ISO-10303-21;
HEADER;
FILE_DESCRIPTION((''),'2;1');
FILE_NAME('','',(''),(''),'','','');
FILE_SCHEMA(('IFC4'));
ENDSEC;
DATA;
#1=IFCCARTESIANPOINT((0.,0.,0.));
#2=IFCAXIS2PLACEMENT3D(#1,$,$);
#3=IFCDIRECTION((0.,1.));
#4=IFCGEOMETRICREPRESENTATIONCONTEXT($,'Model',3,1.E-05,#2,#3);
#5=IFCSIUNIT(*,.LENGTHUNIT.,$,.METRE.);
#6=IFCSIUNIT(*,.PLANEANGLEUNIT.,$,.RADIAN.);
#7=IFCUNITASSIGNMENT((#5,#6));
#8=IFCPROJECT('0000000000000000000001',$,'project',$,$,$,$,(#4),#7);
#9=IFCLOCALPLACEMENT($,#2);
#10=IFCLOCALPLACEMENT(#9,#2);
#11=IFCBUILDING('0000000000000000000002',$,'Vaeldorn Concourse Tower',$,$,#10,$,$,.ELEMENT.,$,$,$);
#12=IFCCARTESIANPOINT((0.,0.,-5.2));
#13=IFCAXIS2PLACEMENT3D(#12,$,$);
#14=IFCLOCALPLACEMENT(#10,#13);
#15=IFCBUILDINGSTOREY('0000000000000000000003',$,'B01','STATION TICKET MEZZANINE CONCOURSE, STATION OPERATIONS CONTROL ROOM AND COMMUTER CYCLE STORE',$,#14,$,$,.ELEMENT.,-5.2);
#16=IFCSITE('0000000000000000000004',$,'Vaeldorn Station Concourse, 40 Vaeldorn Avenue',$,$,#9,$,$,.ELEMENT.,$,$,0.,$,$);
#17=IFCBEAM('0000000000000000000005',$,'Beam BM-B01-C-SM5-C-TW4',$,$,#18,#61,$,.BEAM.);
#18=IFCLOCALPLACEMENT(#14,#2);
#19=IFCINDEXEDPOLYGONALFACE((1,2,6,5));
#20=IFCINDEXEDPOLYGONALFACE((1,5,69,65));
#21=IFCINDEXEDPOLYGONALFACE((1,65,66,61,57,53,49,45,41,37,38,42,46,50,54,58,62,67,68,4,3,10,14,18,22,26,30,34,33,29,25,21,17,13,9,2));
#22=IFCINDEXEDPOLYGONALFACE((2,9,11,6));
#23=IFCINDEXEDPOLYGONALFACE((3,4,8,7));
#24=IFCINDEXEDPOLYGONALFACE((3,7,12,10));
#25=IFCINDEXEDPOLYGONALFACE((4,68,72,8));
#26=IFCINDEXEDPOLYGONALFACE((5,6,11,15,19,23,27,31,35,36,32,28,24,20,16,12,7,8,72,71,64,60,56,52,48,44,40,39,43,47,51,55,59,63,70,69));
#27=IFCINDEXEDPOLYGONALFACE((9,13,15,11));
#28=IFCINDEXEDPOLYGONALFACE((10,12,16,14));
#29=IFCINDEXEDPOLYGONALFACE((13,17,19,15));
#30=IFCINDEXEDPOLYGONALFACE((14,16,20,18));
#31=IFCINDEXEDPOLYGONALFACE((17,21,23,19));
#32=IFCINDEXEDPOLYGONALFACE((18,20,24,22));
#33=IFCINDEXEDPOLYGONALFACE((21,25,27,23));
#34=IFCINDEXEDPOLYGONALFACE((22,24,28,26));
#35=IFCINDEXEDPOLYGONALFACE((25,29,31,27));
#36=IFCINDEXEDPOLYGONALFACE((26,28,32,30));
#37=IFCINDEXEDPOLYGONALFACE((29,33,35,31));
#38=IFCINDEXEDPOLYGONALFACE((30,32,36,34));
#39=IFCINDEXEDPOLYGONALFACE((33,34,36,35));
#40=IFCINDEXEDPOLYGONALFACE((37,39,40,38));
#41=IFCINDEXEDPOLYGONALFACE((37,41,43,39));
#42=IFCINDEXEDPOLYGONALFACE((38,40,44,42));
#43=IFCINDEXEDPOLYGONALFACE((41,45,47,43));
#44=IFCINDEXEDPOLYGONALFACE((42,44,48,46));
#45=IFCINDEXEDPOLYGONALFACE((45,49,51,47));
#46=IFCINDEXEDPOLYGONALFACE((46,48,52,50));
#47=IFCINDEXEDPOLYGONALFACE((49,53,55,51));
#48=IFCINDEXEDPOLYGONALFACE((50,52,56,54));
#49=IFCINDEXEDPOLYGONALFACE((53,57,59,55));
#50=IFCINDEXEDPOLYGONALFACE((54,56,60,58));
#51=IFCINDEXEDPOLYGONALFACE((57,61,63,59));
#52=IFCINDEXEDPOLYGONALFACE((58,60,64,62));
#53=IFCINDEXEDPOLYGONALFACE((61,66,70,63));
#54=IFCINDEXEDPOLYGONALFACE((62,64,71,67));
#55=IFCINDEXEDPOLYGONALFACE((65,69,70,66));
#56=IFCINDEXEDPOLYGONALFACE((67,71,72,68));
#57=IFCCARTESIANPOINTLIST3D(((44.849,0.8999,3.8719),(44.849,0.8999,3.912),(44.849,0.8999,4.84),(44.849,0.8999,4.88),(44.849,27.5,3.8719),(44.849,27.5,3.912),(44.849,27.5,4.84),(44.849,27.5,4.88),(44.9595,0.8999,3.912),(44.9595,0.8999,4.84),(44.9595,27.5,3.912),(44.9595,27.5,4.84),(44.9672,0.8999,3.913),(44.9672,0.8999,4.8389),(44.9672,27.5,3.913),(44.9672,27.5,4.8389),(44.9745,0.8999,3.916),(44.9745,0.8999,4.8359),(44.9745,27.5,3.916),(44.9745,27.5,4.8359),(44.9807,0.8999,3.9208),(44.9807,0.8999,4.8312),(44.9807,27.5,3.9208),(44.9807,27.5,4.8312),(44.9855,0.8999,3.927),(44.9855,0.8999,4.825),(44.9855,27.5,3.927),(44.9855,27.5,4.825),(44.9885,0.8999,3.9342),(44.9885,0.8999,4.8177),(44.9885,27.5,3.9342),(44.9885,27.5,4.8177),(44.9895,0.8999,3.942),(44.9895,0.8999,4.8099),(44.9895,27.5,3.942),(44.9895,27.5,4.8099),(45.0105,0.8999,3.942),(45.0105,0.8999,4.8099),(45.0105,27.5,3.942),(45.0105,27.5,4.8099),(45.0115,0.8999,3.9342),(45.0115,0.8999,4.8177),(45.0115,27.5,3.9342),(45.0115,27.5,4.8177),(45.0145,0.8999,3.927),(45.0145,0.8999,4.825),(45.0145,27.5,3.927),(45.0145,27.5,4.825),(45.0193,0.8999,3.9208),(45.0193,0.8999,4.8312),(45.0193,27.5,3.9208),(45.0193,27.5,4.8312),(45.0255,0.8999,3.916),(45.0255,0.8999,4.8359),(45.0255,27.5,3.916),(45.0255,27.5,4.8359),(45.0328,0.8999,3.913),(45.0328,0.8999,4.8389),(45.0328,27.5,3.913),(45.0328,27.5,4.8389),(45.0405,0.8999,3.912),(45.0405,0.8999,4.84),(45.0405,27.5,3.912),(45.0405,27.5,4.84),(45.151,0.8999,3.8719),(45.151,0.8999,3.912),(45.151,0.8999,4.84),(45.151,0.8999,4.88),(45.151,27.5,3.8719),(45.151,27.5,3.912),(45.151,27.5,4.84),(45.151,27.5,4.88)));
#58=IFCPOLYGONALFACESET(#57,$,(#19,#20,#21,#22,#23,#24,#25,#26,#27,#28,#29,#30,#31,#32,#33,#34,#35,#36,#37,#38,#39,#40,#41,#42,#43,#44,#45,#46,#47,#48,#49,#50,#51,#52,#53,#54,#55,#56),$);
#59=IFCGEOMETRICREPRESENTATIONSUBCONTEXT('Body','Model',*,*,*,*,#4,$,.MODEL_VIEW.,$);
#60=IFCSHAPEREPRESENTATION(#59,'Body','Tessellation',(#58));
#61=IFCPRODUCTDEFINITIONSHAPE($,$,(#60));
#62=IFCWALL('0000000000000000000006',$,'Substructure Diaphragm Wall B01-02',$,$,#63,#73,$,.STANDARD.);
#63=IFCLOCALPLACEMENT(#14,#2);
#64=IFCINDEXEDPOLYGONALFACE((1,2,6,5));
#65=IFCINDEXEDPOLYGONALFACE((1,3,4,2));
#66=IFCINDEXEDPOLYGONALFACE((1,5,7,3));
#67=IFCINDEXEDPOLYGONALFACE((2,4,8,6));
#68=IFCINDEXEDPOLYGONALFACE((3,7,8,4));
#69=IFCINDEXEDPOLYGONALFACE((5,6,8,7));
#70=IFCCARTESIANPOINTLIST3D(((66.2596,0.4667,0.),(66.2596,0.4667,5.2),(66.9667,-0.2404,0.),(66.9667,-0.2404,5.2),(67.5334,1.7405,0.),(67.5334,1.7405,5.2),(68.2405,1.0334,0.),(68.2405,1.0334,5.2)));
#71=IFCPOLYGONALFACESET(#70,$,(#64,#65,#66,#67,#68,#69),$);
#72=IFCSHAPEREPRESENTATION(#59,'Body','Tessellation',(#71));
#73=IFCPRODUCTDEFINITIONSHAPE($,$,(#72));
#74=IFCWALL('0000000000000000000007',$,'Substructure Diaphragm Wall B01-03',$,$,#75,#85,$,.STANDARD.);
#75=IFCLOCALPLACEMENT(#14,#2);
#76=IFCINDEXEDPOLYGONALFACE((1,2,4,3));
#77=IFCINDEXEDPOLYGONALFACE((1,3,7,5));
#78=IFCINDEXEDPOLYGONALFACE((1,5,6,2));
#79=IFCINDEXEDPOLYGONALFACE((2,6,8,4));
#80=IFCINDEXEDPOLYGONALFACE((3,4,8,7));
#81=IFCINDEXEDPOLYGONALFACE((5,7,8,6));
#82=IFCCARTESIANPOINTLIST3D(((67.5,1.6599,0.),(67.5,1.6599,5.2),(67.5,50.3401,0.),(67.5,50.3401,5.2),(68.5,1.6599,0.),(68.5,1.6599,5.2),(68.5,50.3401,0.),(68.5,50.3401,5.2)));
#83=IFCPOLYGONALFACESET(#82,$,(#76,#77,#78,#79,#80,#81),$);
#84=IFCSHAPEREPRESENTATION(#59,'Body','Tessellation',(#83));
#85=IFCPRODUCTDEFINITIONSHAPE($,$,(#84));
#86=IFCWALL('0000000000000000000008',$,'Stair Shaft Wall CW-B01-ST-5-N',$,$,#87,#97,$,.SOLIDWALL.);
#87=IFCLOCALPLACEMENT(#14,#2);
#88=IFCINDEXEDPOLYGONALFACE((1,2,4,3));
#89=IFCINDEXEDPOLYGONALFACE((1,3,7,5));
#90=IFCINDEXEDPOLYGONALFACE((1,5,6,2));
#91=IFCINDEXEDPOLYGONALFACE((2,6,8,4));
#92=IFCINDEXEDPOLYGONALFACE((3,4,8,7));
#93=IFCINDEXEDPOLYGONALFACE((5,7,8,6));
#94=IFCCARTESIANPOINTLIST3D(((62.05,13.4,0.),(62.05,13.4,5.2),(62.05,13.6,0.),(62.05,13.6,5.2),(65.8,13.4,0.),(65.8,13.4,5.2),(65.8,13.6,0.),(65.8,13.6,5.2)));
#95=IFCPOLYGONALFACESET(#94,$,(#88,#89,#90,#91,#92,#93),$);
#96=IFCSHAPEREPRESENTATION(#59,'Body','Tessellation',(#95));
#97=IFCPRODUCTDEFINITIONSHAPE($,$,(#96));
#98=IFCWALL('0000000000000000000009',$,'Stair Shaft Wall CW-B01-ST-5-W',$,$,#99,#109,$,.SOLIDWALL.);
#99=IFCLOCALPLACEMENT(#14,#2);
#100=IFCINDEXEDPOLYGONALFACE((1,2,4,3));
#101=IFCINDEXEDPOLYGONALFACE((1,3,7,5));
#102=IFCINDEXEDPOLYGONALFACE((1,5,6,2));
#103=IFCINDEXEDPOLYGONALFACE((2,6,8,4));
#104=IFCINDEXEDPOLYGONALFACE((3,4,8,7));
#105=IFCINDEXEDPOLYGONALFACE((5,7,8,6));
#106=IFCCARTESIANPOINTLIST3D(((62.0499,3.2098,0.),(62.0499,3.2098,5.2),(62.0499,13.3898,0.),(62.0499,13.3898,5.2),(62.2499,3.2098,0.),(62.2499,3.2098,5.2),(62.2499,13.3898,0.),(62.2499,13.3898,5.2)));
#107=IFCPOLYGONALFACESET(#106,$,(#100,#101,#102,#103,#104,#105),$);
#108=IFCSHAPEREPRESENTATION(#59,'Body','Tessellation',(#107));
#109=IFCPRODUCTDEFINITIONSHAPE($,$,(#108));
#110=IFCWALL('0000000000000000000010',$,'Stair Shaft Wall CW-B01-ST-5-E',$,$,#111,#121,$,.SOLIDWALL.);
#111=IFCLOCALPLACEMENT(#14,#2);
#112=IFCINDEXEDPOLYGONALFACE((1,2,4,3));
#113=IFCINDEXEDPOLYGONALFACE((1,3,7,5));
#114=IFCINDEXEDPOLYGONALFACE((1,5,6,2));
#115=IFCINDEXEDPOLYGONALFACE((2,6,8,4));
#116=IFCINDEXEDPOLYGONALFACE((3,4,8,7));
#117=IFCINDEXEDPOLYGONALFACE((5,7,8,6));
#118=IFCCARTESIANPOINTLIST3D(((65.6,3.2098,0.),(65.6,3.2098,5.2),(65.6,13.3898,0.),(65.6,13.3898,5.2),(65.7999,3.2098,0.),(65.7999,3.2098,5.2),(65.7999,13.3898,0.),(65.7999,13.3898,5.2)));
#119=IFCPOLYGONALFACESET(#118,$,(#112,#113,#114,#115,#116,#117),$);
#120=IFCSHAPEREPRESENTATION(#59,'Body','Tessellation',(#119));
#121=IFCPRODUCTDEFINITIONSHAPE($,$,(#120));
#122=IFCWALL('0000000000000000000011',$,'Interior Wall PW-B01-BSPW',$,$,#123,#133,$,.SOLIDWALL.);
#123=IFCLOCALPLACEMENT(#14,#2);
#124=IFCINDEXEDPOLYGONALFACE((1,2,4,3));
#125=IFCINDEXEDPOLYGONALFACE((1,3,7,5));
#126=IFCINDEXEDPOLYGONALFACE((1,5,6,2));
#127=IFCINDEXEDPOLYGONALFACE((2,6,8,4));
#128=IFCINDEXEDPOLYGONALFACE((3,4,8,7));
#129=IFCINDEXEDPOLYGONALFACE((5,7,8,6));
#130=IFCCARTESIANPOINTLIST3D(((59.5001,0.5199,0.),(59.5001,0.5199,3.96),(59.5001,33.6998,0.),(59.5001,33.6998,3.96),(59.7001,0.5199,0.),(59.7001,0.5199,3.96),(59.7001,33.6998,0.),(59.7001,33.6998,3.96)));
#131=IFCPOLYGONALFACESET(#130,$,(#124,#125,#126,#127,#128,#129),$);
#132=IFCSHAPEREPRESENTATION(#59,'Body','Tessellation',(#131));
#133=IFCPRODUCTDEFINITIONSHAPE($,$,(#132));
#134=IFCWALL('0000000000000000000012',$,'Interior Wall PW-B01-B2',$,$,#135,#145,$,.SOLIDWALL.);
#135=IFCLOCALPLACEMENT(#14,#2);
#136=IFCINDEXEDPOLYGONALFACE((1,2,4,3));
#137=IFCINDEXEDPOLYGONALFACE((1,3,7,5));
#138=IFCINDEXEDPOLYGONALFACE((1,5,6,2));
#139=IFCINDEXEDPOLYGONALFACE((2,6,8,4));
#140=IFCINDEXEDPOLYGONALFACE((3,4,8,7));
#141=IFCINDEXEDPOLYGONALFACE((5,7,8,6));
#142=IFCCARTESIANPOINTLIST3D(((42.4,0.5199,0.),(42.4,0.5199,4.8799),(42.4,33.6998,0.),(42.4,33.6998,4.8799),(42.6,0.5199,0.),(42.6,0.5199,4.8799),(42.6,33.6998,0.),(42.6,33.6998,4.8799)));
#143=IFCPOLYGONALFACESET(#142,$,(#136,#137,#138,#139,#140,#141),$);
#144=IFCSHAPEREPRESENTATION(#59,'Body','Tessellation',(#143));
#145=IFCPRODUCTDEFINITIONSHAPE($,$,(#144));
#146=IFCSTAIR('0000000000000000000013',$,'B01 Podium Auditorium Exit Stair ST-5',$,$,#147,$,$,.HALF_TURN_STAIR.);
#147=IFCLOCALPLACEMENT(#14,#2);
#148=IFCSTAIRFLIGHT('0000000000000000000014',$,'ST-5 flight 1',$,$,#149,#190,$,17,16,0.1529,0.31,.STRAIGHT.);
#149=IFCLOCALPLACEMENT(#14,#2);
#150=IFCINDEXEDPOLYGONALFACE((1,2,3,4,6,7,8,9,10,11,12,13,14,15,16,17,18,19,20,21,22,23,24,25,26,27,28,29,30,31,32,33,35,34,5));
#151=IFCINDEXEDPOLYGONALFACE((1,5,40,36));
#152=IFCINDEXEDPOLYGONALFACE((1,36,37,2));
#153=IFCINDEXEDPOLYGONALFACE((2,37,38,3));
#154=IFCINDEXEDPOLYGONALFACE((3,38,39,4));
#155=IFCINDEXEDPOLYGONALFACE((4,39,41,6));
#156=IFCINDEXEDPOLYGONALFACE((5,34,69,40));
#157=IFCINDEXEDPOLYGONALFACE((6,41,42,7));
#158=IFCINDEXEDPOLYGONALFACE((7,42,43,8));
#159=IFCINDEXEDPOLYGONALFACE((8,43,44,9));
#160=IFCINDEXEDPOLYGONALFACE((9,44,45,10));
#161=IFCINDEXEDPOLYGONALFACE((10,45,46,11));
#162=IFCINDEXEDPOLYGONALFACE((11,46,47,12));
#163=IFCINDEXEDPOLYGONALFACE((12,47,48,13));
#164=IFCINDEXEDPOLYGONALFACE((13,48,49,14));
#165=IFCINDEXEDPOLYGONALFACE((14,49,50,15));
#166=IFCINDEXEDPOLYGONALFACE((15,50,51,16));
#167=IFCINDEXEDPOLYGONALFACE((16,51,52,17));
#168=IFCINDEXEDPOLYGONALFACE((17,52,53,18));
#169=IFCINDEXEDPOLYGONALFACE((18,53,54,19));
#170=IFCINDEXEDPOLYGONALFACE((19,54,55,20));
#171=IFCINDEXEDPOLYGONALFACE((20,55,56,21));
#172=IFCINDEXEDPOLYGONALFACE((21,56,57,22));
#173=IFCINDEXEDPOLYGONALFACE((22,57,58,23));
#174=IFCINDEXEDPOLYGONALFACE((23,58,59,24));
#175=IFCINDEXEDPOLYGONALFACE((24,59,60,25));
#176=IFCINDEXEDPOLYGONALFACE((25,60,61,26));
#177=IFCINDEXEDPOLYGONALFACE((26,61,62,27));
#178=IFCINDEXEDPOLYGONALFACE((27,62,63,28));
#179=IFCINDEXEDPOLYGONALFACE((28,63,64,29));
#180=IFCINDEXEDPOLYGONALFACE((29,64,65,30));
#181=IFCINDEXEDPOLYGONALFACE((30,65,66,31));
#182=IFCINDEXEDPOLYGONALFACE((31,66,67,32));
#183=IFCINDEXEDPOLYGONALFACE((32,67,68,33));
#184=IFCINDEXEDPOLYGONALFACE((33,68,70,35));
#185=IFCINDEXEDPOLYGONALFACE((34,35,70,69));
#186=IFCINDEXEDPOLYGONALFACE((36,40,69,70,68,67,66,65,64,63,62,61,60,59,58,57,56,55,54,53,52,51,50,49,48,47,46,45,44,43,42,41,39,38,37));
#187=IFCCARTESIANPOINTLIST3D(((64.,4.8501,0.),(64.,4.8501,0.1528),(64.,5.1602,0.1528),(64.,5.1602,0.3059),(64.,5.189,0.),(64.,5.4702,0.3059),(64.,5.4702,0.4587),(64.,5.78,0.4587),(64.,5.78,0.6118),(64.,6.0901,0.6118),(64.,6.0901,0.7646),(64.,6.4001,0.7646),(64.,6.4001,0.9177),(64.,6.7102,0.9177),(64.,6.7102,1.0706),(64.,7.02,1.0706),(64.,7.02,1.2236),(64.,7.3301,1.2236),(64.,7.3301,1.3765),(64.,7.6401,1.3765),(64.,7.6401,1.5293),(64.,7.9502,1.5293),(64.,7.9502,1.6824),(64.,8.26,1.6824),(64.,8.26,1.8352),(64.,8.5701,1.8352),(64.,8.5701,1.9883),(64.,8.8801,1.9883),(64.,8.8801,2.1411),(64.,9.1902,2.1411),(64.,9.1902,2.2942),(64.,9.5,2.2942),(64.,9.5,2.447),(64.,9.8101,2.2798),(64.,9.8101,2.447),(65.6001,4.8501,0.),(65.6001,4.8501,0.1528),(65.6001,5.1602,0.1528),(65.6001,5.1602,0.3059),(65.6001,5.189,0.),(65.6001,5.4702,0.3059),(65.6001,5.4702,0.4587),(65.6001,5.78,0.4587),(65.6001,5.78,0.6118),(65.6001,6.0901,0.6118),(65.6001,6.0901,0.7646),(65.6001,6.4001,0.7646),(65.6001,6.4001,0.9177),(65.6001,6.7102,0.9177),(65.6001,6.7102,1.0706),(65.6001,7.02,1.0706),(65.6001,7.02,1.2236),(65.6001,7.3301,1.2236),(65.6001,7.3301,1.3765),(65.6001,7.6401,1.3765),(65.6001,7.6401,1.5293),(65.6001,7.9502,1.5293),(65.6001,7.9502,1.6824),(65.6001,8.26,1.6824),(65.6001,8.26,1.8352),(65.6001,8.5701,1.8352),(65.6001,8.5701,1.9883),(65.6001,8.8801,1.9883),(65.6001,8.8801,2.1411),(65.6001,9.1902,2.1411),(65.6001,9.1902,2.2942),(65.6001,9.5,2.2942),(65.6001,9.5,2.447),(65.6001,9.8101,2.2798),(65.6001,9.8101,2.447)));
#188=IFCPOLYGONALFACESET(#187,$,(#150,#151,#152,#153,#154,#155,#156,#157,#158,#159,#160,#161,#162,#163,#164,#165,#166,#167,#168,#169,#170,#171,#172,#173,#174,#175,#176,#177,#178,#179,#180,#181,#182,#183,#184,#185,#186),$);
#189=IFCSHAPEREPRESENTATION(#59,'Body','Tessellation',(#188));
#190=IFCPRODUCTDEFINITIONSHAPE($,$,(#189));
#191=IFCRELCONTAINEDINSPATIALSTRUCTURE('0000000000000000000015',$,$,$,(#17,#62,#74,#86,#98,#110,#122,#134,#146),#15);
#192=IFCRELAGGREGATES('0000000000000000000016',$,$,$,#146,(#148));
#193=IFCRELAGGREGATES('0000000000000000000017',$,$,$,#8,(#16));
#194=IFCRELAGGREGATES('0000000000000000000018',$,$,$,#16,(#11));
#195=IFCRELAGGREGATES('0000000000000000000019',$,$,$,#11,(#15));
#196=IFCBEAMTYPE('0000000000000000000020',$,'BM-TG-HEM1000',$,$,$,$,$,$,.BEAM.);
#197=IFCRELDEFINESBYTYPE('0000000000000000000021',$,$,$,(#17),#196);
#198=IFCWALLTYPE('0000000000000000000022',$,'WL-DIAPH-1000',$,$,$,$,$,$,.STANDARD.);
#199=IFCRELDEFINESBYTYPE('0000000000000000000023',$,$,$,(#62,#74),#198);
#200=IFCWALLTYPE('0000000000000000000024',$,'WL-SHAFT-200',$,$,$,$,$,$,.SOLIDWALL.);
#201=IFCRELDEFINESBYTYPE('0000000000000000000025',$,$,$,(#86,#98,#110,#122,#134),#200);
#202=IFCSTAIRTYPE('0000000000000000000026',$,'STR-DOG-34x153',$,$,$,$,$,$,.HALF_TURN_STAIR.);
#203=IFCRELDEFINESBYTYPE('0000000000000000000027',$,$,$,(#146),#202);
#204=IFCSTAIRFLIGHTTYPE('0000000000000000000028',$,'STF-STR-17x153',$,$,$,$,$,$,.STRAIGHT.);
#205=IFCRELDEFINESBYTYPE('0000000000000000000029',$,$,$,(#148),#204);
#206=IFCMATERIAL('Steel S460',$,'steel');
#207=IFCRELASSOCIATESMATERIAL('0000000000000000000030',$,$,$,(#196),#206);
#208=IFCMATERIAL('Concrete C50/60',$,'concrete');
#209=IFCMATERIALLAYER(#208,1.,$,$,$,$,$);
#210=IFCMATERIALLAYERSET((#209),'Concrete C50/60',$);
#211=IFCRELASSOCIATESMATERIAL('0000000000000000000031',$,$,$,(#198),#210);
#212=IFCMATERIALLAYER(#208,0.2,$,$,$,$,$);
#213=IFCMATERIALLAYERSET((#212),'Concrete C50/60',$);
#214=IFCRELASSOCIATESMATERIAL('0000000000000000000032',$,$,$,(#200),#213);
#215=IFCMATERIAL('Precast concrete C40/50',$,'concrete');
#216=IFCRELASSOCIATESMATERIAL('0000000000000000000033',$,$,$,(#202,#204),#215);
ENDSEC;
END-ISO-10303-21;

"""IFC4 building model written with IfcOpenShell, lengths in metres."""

from ifc_helpers import new_model, si_unit, direction, frame, frame_2d, origin, origin_2d, place, context, subcontext, project, spatial, polyline, rectangle, i_section, outline, extrude, source, transform, mapped, material, layer, layer_set, material_profile, profile_set, type_object, element, aggregate, save


model = new_model("IFC4")

# Units and contexts
model_context = context("Model", 3, precision=1e-05, world=origin(), true_north=direction((0.0, 1.0)))
body_context = subcontext(model_context, "Body", "Model", "MODEL_VIEW")
ifc_project = project(units=[si_unit("LENGTHUNIT", "METRE"), si_unit("PLANEANGLEUNIT", "RADIAN")], contexts=[model_context])

# Site, building, storey
site_placement = place(None, origin())
site = spatial("IfcSite", under=ifc_project, at=site_placement, Name="Vaeldorn Station Concourse, 40 Vaeldorn Avenue", CompositionType="ELEMENT", RefElevation=0.0)
building_placement = place(site_placement, origin())
building = spatial("IfcBuilding", under=site, at=building_placement, Name="Vaeldorn Concourse Tower", CompositionType="ELEMENT")
storey_placement = place(building_placement, frame((0.0, 0.0, -5.2)))
storey = spatial("IfcBuildingStorey", under=building, at=storey_placement, Name="B01", Description="STATION TICKET MEZZANINE CONCOURSE, STATION OPERATIONS CONTROL ROOM AND COMMUTER CYCLE STORE", CompositionType="ELEMENT", Elevation=-5.2)

# Shared definitions
ifc_material_1 = material(Name="Steel S460", Category="steel")

# Beam
ifc_material_profile_1 = material_profile(ifc_material_1, i_section(OverallWidth=0.302, OverallDepth=1.0081, WebThickness=0.021, FlangeThickness=0.04, FilletRadius=0.03, at=origin_2d()), Name="HEM 1000")
ifc_profile_set_1 = profile_set([ifc_material_profile_1], Name="Steel S460")
beam_type_1 = type_object("IfcBeamType", Name="BM-TG-HEM1000", PredefinedType="BEAM", material=ifc_profile_set_1)
shared_shape_1 = source(origin(), body_context, "Body", "SweptSolid", [
    extrude(i_section(OverallWidth=0.302, OverallDepth=1.0081, WebThickness=0.021, FlangeThickness=0.04, FilletRadius=0.03, at=origin_2d()), origin(), (0.0, 0.0, 1.0), 26.6001),
])
beam_1_placement = place(storey_placement, frame((45.0, 0.8999, 4.376), z_axis=(0.0, 1.0, 0.0), x_axis=(-1.0, 0.0, 0.0)))
element("IfcBeam", 1, at=beam_1_placement, inside=storey, type_object=beam_type_1, Name="Beam BM-B01-C-SM5-C-TW4", PredefinedType="BEAM", context=body_context, shape_type="MappedRepresentation", body=[
    mapped(shared_shape_1, transform((0.0, 0.0, 0.0), scale=1.0)),
])

# Walls
ifc_material_2 = material(Name="Concrete C50/60", Category="concrete")
ifc_layer_1 = layer(ifc_material_2, 1.0)
ifc_layer_set_1 = layer_set([ifc_layer_1], Name="Concrete C50/60")
wall_type_1 = type_object("IfcWallType", Name="WL-DIAPH-1000", PredefinedType="STANDARD", material=ifc_layer_set_1)
wall_1_placement = place(storey_placement, frame((66.613, 0.113, 0.0), z_axis=(0.0, 0.0, 1.0), x_axis=(0.707107, 0.707107, 0.0)))
element("IfcWall", 2, at=wall_1_placement, inside=storey, type_object=wall_type_1, Name="Substructure Diaphragm Wall B01-02", PredefinedType="STANDARD", context=body_context, shape_type="SweptSolid", body=[
    extrude(rectangle(XDim=1.8015, YDim=1.0, at=frame_2d((0.9009, 0.0))), origin(), (0.0, 0.0, 1.0), 5.2),
])
wall_2_placement = place(storey_placement, frame((68.0, 1.6599, 0.0), z_axis=(0.0, 0.0, 1.0), x_axis=(0.0, 1.0, 0.0)))
element("IfcWall", 3, at=wall_2_placement, inside=storey, type_object=wall_type_1, Name="Substructure Diaphragm Wall B01-03", PredefinedType="STANDARD", context=body_context, shape_type="SweptSolid", body=[
    extrude(rectangle(XDim=48.6802, YDim=1.0, at=frame_2d((24.3401, 0.0))), origin(), (0.0, 0.0, 1.0), 5.2),
])

# Shared definitions
ifc_layer_2 = layer(ifc_material_2, 0.2)
ifc_layer_set_2 = layer_set([ifc_layer_2], Name="Concrete C50/60")
wall_type_2 = type_object("IfcWallType", Name="WL-SHAFT-200", PredefinedType="SOLIDWALL", material=ifc_layer_set_2)

# Walls
wall_3_placement = place(storey_placement, frame((62.05, 13.5, 0.0), z_axis=(0.0, 0.0, 1.0), x_axis=(1.0, 0.0, 0.0)))
element("IfcWall", 4, at=wall_3_placement, inside=storey, type_object=wall_type_2, Name="Stair Shaft Wall CW-B01-ST-5-N", PredefinedType="SOLIDWALL", context=body_context, shape_type="SweptSolid", body=[
    extrude(rectangle(XDim=3.75, YDim=0.2, at=frame_2d((1.875, 0.0))), origin(), (0.0, 0.0, 1.0), 5.2),
])
for number, where, z_axis, x_axis, name in (
    (5, (62.1499, 3.21, 0.0), (0.0, 0.0, 1.0), (0.0, 1.0, 0.0), "Stair Shaft Wall CW-B01-ST-5-W"),
    (6, (65.7, 3.21, 0.0), (0.0, 0.0, 1.0), (0.0, 1.0, 0.0), "Stair Shaft Wall CW-B01-ST-5-E"),
):
    element("IfcWall", number, at=place(storey_placement, frame(where, z_axis=z_axis, x_axis=x_axis)), inside=storey, type_object=wall_type_2, Name=name, PredefinedType="SOLIDWALL", context=body_context, shape_type="SweptSolid", body=[
        extrude(rectangle(XDim=10.1799, YDim=0.2, at=frame_2d((5.0898, 0.0))), origin(), (0.0, 0.0, 1.0), 5.2),
    ])
wall_4_placement = place(storey_placement, frame((59.6001, 0.52, 0.0), z_axis=(0.0, 0.0, 1.0), x_axis=(0.0, 1.0, 0.0)))
element("IfcWall", 7, at=wall_4_placement, inside=storey, type_object=wall_type_2, Name="Interior Wall PW-B01-BSPW", PredefinedType="SOLIDWALL", context=body_context, shape_type="SweptSolid", body=[
    extrude(rectangle(XDim=33.1799, YDim=0.2, at=frame_2d((16.5898, 0.0))), origin(), (0.0, 0.0, 1.0), 3.96),
])
wall_5_placement = place(storey_placement, frame((42.5, 0.52, 0.0), z_axis=(0.0, 0.0, 1.0), x_axis=(0.0, 1.0, 0.0)))
element("IfcWall", 8, at=wall_5_placement, inside=storey, type_object=wall_type_2, Name="Interior Wall PW-B01-B2", PredefinedType="SOLIDWALL", context=body_context, shape_type="SweptSolid", body=[
    extrude(rectangle(XDim=33.1799, YDim=0.2, at=frame_2d((16.5898, 0.0))), origin(), (0.0, 0.0, 1.0), 4.8799),
])

# Stair, stair flight
ifc_material_3 = material(Name="Precast concrete C40/50", Category="concrete")
stair_type = type_object("IfcStairType", Name="STR-DOG-34x153", PredefinedType="HALF_TURN_STAIR", material=ifc_material_3)
stair_placement = place(storey_placement, origin())
stair = element("IfcStair", 9, at=stair_placement, inside=storey, type_object=stair_type, Name="B01 Podium Auditorium Exit Stair ST-5", PredefinedType="HALF_TURN_STAIR")
stair_flight_type = type_object("IfcStairFlightType", Name="STF-STR-17x153", PredefinedType="STRAIGHT", material=ifc_material_3)
stair_flight_1_placement = place(storey_placement, frame((64.8, 4.8501, 0.0), z_axis=(0.0, 0.0, 1.0), x_axis=(0.0, 1.0, 0.0)))
stair_flight_1 = element("IfcStairFlight", 10, at=stair_flight_1_placement, type_object=stair_flight_type, Name="ST-5 flight 1", NumberOfRisers=17, NumberOfTreads=16, PredefinedType="STRAIGHT", RiserHeight=0.1529, TreadLength=0.31, context=body_context, shape_type="SweptSolid", body=[
    extrude(outline(polyline([(0.0, 0.0), (0.0, 0.1528), (0.3101, 0.1528), (0.3101, 0.3059), (0.6201, 0.3059), (0.6201, 0.4587), (0.9299, 0.4587), (0.9299, 0.6118), (1.24, 0.6118), (1.24, 0.7646), (1.55, 0.7646), (1.55, 0.9177), (1.8601, 0.9177), (1.8601, 1.0706), (2.1699, 1.0706), (2.1699, 1.2236), (2.48, 1.2236), (2.48, 1.3765), (2.79, 1.3765), (2.79, 1.5293), (3.1001, 1.5293), (3.1001, 1.6824), (3.4099, 1.6824), (3.4099, 1.8352), (3.72, 1.8352), (3.72, 1.9883), (4.03, 1.9883), (4.03, 2.1411), (4.3401, 2.1411), (4.3401, 2.2942), (4.6499, 2.2942), (4.6499, 2.447), (4.96, 2.447), (4.96, 2.6001), (4.96, 2.2798), (0.3389, 0.0), (0.0, 0.0)])), frame((0.0, 0.8, 0.0), z_axis=(0.0, -1.0, 0.0), x_axis=(1.0, 0.0, 0.0)), (0.0, 0.0, 1.0), 1.6001),
])
aggregate(stair, [stair_flight_1])

save(model, "model.ifc")
